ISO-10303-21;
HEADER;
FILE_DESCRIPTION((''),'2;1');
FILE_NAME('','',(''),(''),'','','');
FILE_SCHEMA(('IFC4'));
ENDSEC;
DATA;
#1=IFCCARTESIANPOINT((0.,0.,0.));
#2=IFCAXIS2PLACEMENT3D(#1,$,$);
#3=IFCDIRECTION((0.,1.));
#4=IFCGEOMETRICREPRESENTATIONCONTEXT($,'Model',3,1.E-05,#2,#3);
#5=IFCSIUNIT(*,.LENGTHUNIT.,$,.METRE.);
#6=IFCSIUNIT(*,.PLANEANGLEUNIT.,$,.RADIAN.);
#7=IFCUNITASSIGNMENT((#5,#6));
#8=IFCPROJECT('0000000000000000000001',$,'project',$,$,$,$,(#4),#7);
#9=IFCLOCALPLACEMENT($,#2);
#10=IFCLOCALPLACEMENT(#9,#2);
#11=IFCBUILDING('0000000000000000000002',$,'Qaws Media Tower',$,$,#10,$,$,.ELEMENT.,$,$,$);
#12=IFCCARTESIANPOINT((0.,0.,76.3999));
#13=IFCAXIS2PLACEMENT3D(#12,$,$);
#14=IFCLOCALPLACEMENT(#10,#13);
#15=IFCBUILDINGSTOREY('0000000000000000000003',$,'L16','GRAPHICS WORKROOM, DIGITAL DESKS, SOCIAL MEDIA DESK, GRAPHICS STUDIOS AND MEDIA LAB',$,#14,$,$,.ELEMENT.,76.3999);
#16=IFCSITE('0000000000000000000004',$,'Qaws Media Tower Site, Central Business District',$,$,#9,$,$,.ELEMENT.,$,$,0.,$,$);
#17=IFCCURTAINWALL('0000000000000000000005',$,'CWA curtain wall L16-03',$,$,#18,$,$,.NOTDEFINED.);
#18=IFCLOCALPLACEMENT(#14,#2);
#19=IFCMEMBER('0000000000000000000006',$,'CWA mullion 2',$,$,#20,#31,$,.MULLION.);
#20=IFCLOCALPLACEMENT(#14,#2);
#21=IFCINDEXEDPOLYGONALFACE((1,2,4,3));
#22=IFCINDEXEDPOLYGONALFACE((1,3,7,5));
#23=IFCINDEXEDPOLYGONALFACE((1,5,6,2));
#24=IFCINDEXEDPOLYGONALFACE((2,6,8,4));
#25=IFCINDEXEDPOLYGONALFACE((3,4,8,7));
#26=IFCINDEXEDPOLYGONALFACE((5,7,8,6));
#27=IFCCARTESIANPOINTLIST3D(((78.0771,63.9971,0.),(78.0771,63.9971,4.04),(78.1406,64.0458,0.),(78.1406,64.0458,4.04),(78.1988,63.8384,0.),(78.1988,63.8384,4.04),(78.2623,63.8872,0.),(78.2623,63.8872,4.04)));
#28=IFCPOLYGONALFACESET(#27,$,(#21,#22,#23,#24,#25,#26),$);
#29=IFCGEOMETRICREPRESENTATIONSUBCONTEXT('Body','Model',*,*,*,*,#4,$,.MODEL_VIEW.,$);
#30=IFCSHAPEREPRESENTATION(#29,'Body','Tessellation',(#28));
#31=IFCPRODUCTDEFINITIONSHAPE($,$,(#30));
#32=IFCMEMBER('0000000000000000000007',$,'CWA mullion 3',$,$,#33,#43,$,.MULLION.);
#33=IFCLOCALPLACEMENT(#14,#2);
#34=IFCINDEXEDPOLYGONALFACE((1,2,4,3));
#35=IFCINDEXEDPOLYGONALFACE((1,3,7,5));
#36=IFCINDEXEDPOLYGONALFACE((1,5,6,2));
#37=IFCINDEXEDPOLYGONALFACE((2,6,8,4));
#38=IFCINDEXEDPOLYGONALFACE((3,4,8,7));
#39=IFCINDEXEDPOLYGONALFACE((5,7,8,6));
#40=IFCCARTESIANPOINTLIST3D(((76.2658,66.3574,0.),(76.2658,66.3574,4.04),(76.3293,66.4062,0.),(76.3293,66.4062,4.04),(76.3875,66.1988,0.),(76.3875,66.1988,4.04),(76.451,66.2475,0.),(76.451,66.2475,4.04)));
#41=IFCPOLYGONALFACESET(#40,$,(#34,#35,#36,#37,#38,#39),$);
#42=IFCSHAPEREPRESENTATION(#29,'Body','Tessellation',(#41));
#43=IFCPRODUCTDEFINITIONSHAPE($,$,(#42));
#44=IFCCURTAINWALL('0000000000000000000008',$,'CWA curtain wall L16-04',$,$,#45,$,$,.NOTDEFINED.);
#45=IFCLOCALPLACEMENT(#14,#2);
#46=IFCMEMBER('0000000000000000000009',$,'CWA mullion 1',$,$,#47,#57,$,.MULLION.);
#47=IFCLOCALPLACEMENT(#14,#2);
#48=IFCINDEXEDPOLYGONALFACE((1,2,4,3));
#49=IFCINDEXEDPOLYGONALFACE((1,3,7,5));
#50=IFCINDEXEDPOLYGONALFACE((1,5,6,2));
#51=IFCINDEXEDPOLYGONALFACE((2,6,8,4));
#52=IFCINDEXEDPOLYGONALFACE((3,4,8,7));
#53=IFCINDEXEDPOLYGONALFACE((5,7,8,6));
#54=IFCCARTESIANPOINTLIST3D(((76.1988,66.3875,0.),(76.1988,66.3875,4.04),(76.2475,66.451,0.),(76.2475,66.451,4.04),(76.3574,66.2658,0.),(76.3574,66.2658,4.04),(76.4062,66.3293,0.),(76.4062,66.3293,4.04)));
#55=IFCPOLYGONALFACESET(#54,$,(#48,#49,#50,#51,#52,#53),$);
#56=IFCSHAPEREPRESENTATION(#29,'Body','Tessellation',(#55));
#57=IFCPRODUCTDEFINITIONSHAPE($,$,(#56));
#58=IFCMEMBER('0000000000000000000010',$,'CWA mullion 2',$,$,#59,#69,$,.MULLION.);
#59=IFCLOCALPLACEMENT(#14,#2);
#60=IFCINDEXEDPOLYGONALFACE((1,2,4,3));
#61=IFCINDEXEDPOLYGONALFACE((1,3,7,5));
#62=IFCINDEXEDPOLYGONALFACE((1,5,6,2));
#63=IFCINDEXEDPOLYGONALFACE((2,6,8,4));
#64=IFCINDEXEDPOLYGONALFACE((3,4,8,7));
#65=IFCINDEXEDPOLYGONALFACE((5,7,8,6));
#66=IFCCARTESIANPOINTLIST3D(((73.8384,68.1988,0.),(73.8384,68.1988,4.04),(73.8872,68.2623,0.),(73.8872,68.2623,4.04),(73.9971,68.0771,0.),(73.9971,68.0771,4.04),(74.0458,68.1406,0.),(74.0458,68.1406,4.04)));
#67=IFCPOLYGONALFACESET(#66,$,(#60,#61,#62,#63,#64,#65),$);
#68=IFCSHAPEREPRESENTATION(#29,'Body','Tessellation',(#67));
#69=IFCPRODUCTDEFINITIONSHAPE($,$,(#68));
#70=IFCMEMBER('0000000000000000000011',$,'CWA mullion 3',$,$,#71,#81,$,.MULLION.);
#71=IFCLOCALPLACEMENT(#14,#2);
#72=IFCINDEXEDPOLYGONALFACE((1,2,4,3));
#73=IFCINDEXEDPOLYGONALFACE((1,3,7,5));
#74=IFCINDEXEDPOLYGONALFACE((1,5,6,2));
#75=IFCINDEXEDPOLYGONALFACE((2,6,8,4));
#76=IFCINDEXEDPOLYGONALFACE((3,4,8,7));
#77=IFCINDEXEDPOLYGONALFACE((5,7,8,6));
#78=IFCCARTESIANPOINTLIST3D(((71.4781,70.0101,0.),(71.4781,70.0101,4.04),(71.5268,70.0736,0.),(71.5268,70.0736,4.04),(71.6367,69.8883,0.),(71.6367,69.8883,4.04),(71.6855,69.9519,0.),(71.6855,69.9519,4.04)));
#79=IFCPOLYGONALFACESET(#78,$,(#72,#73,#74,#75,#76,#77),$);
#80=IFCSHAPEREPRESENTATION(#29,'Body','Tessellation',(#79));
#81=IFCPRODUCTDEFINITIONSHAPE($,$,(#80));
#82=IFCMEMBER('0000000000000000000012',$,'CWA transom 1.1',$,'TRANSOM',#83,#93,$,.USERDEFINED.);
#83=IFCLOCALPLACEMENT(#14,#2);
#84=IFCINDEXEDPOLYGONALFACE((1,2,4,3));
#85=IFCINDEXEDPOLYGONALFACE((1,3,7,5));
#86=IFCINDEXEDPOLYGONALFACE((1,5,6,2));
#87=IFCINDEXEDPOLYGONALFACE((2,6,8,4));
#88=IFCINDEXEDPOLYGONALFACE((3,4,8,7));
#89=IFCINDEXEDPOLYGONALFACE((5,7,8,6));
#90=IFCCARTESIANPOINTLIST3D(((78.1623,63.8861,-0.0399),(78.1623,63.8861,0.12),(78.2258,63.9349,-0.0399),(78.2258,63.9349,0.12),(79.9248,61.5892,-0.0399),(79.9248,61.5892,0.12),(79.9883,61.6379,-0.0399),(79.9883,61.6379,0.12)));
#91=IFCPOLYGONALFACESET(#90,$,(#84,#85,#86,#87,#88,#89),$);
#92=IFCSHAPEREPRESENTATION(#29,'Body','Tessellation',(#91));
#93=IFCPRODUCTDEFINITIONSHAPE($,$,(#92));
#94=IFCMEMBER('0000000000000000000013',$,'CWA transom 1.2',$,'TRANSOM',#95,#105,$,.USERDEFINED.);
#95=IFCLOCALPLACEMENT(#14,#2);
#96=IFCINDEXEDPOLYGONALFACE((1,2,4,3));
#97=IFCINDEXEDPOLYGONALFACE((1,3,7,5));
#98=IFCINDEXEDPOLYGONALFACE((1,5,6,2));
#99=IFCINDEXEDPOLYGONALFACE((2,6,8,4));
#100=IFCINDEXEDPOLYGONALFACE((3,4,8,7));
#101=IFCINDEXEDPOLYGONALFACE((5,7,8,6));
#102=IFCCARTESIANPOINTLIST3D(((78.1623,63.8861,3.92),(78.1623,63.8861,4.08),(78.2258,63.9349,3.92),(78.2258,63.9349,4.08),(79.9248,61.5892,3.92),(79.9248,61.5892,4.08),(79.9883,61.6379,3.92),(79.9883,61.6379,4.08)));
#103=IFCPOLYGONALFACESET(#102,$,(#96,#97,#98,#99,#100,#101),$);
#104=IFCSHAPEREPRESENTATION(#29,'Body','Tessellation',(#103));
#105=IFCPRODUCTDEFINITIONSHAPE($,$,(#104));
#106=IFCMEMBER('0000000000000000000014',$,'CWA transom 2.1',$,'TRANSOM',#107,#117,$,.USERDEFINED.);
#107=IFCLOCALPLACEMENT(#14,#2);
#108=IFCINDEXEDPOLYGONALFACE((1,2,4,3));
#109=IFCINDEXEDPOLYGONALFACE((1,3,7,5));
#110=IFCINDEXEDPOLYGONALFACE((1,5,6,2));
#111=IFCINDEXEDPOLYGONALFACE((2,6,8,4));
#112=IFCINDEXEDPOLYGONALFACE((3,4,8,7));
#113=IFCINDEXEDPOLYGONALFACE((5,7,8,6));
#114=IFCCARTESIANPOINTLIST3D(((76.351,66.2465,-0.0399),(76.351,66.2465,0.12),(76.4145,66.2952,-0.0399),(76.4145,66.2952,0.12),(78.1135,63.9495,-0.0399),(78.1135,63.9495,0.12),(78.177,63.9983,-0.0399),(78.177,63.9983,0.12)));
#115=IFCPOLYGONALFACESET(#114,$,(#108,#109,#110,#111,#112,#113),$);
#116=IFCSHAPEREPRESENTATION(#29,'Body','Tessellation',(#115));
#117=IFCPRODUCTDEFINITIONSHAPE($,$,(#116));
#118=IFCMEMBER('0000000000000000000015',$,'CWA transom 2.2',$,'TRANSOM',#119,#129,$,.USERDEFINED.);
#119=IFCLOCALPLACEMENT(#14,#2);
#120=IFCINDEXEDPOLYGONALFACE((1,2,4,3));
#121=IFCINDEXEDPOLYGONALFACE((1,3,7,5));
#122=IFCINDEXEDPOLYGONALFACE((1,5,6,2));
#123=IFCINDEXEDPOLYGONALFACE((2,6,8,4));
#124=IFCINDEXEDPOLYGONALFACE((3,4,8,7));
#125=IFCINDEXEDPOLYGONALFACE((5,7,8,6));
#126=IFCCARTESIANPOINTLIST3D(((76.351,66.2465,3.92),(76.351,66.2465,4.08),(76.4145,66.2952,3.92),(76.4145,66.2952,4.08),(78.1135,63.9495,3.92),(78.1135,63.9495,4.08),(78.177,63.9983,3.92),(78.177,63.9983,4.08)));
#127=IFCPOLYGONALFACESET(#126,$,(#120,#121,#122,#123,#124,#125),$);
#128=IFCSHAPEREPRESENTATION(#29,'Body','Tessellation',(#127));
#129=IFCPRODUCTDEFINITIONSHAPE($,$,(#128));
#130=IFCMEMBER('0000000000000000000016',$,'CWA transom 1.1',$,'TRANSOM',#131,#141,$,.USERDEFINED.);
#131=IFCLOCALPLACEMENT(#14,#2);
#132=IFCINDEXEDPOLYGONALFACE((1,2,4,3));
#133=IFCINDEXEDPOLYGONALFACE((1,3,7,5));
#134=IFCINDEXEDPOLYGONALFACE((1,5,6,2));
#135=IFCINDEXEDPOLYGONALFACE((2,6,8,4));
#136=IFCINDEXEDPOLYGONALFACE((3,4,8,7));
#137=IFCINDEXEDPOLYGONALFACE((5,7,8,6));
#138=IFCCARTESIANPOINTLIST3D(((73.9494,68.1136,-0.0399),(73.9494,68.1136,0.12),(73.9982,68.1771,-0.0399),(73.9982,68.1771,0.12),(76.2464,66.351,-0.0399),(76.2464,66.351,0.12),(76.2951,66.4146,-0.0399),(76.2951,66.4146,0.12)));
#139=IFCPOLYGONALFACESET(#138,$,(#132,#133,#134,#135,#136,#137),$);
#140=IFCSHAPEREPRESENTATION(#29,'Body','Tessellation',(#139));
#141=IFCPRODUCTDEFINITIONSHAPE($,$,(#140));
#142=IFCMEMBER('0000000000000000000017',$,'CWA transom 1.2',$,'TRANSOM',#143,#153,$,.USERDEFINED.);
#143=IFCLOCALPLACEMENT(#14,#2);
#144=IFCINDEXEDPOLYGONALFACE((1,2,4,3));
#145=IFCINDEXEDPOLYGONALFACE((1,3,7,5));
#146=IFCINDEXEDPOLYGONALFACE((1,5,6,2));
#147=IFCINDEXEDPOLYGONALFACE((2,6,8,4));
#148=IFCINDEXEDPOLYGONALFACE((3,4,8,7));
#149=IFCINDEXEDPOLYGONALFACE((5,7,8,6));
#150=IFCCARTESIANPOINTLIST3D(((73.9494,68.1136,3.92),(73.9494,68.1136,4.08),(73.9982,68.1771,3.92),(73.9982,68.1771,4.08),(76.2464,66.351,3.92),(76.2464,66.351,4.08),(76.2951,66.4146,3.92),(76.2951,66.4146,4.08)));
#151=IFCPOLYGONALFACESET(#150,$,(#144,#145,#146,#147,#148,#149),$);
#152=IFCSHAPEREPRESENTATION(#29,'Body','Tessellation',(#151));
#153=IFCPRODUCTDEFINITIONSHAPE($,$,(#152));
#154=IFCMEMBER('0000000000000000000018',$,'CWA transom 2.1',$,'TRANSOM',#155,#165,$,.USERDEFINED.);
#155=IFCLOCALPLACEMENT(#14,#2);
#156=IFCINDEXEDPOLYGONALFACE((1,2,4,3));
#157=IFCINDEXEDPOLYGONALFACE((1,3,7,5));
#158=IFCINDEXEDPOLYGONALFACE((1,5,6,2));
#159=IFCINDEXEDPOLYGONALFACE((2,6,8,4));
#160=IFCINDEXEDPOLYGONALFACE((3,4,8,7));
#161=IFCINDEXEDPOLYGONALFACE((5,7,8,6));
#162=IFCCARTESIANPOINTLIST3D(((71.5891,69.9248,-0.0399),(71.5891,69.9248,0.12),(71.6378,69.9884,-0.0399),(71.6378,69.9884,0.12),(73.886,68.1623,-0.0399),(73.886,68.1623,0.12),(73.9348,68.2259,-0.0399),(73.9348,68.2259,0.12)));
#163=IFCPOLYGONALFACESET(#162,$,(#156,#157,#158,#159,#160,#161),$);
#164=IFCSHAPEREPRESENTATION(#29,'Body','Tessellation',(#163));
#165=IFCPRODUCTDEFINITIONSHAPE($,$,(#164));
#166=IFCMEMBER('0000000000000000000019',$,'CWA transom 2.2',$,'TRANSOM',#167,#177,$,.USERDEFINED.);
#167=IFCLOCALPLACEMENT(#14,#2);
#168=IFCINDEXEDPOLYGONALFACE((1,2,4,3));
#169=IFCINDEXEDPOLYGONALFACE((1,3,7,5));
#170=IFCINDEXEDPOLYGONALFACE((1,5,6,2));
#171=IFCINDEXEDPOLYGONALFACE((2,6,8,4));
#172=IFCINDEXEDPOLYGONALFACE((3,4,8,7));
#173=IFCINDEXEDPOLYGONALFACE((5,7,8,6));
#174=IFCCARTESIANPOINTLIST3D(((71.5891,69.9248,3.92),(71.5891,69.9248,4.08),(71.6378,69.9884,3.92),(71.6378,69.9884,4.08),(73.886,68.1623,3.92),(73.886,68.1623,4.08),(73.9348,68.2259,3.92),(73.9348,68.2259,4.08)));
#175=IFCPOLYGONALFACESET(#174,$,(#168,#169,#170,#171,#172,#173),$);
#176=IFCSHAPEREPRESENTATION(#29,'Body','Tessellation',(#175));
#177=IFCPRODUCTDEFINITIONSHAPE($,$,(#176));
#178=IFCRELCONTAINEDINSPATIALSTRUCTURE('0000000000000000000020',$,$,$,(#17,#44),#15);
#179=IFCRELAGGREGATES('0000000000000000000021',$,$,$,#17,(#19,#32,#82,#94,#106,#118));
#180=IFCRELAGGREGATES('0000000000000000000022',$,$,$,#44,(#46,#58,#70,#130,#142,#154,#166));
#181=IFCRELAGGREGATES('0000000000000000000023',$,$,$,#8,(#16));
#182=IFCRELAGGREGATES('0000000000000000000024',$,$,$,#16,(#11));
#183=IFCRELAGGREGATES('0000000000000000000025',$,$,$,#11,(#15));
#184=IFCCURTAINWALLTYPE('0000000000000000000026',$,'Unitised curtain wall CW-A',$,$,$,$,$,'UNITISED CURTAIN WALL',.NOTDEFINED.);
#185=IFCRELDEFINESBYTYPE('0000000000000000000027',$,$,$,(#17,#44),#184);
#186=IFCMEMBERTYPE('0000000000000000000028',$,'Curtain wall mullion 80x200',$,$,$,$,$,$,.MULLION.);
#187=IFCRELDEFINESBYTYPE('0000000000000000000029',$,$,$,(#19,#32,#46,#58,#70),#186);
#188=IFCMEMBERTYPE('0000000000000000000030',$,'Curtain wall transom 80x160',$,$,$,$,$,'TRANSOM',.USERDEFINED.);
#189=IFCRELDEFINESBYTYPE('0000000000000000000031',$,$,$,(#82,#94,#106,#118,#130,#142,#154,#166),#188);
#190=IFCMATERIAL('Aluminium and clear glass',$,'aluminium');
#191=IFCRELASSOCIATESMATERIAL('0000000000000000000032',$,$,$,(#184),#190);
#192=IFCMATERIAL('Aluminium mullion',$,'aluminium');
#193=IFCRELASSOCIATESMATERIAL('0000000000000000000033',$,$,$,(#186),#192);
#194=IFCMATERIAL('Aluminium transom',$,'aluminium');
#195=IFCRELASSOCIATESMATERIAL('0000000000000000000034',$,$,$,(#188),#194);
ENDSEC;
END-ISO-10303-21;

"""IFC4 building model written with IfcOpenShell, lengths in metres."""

from ifc_helpers import new_model, si_unit, direction, frame, origin, origin_2d, place, context, subcontext, project, spatial, rectangle, extrude, material, material_profile, profile_set, type_object, element, aggregate, save


model = new_model("IFC4")

# Units and contexts
model_context = context("Model", 3, precision=1e-05, world=origin(), true_north=direction((0.0, 1.0)))
body_context = subcontext(model_context, "Body", "Model", "MODEL_VIEW")
ifc_project = project(units=[si_unit("LENGTHUNIT", "METRE"), si_unit("PLANEANGLEUNIT", "RADIAN")], contexts=[model_context])

# Site, building, storey
site_placement = place(None, origin())
site = spatial("IfcSite", under=ifc_project, at=site_placement, Name="Qaws Media Tower Site, Central Business District", CompositionType="ELEMENT", RefElevation=0.0)
building_placement = place(site_placement, origin())
building = spatial("IfcBuilding", under=site, at=building_placement, Name="Qaws Media Tower", CompositionType="ELEMENT")
storey_placement = place(building_placement, frame((0.0, 0.0, 76.3999)))
storey = spatial("IfcBuildingStorey", under=building, at=storey_placement, Name="L16", Description="GRAPHICS WORKROOM, DIGITAL DESKS, SOCIAL MEDIA DESK, GRAPHICS STUDIOS AND MEDIA LAB", CompositionType="ELEMENT", Elevation=76.3999)

# Curtain walls, members
ifc_material_1 = material(Name="Aluminium and clear glass", Category="aluminium")
curtain_wall_type = type_object("IfcCurtainWallType", Name="Unitised curtain wall CW-A", ElementType="UNITISED CURTAIN WALL", PredefinedType="NOTDEFINED", material=ifc_material_1)
curtain_wall_1_placement = place(storey_placement, origin())
curtain_wall_1 = element("IfcCurtainWall", 1, at=curtain_wall_1_placement, inside=storey, type_object=curtain_wall_type, Name="CWA curtain wall L16-03", PredefinedType="NOTDEFINED")
ifc_material_2 = material(Name="Aluminium mullion", Category="aluminium")
ifc_material_profile_1 = material_profile(ifc_material_2, rectangle(XDim=0.0801, YDim=0.2, at=origin_2d()), Name="80x200")
ifc_profile_set_1 = profile_set([ifc_material_profile_1], Name="Aluminium mullion")
member_type_1 = type_object("IfcMemberType", Name="Curtain wall mullion 80x200", PredefinedType="MULLION", material=ifc_profile_set_1)
member_1_placement = place(storey_placement, frame((78.1697, 63.9421, 0.0), z_axis=(0.0, 0.0, 1.0), x_axis=(-0.793353, -0.608761, 0.0)))
member_1 = element("IfcMember", 2, at=member_1_placement, type_object=member_type_1, Name="CWA mullion 2", PredefinedType="MULLION", context=body_context, shape_type="SweptSolid", body=[
    extrude(rectangle(XDim=0.0801, YDim=0.2, at=origin_2d()), origin(), (0.0, 0.0, 1.0), 4.04),
])
member_2_placement = place(storey_placement, frame((76.3584, 66.3025, 0.0), z_axis=(0.0, 0.0, 1.0), x_axis=(-0.793353, -0.608761, 0.0)))
member_2 = element("IfcMember", 3, at=member_2_placement, type_object=member_type_1, Name="CWA mullion 3", PredefinedType="MULLION", context=body_context, shape_type="SweptSolid", body=[
    extrude(rectangle(XDim=0.0801, YDim=0.2, at=origin_2d()), origin(), (0.0, 0.0, 1.0), 4.04),
])
curtain_wall_2_placement = place(storey_placement, origin())
curtain_wall_2 = element("IfcCurtainWall", 4, at=curtain_wall_2_placement, inside=storey, type_object=curtain_wall_type, Name="CWA curtain wall L16-04", PredefinedType="NOTDEFINED")
member_3_placement = place(storey_placement, frame((76.3025, 66.3584, 0.0), z_axis=(0.0, 0.0, 1.0), x_axis=(-0.608761, -0.793353, 0.0)))
member_3 = element("IfcMember", 5, at=member_3_placement, type_object=member_type_1, Name="CWA mullion 1", PredefinedType="MULLION", context=body_context, shape_type="SweptSolid", body=[
    extrude(rectangle(XDim=0.0801, YDim=0.2, at=origin_2d()), origin(), (0.0, 0.0, 1.0), 4.04),
])
member_4_placement = place(storey_placement, frame((73.9421, 68.1697, 0.0), z_axis=(0.0, 0.0, 1.0), x_axis=(-0.608761, -0.793353, 0.0)))
member_4 = element("IfcMember", 6, at=member_4_placement, type_object=member_type_1, Name="CWA mullion 2", PredefinedType="MULLION", context=body_context, shape_type="SweptSolid", body=[
    extrude(rectangle(XDim=0.0801, YDim=0.2, at=origin_2d()), origin(), (0.0, 0.0, 1.0), 4.04),
])
member_5_placement = place(storey_placement, frame((71.5818, 69.981, 0.0), z_axis=(0.0, 0.0, 1.0), x_axis=(-0.608761, -0.793353, 0.0)))
member_5 = element("IfcMember", 7, at=member_5_placement, type_object=member_type_1, Name="CWA mullion 3", PredefinedType="MULLION", context=body_context, shape_type="SweptSolid", body=[
    extrude(rectangle(XDim=0.0801, YDim=0.2, at=origin_2d()), origin(), (0.0, 0.0, 1.0), 4.04),
])

# Members
ifc_material_3 = material(Name="Aluminium transom", Category="aluminium")
ifc_material_profile_2 = material_profile(ifc_material_3, rectangle(XDim=0.0801, YDim=0.1599, at=origin_2d()), Name="80x160")
ifc_profile_set_2 = profile_set([ifc_material_profile_2], Name="Aluminium transom")
member_type_2 = type_object("IfcMemberType", Name="Curtain wall transom 80x160", ElementType="TRANSOM", PredefinedType="USERDEFINED", material=ifc_profile_set_2)
member_6_placement = place(storey_placement, frame((79.9565, 61.6135, 0.04), z_axis=(-0.608761, 0.793354, 0.0), x_axis=(-0.793354, -0.608761, 0.0)))
member_6 = element("IfcMember", 8, at=member_6_placement, type_object=member_type_2, Name="CWA transom 1.1", ObjectType="TRANSOM", PredefinedType="USERDEFINED", context=body_context, shape_type="SweptSolid", body=[
    extrude(rectangle(XDim=0.0801, YDim=0.1599, at=origin_2d()), origin(), (0.0, 0.0, 1.0), 2.8953),
])
member_7_placement = place(storey_placement, frame((79.9565, 61.6135, 4.0), z_axis=(-0.608761, 0.793354, 0.0), x_axis=(-0.793354, -0.608761, 0.0)))
member_7 = element("IfcMember", 9, at=member_7_placement, type_object=member_type_2, Name="CWA transom 1.2", ObjectType="TRANSOM", PredefinedType="USERDEFINED", context=body_context, shape_type="SweptSolid", body=[
    extrude(rectangle(XDim=0.0801, YDim=0.1599, at=origin_2d()), origin(), (0.0, 0.0, 1.0), 2.8953),
])
member_8_placement = place(storey_placement, frame((78.1453, 63.9739, 0.04), z_axis=(-0.608761, 0.793354, 0.0), x_axis=(-0.793354, -0.608761, 0.0)))
member_8 = element("IfcMember", 10, at=member_8_placement, type_object=member_type_2, Name="CWA transom 2.1", ObjectType="TRANSOM", PredefinedType="USERDEFINED", context=body_context, shape_type="SweptSolid", body=[
    extrude(rectangle(XDim=0.0801, YDim=0.1599, at=origin_2d()), origin(), (0.0, 0.0, 1.0), 2.8953),
])
member_9_placement = place(storey_placement, frame((78.1453, 63.9739, 4.0), z_axis=(-0.608761, 0.793354, 0.0), x_axis=(-0.793354, -0.608761, 0.0)))
member_9 = element("IfcMember", 11, at=member_9_placement, type_object=member_type_2, Name="CWA transom 2.2", ObjectType="TRANSOM", PredefinedType="USERDEFINED", context=body_context, shape_type="SweptSolid", body=[
    extrude(rectangle(XDim=0.0801, YDim=0.1599, at=origin_2d()), origin(), (0.0, 0.0, 1.0), 2.8953),
])
member_10_placement = place(storey_placement, frame((76.2708, 66.3828, 0.04), z_axis=(-0.793354, 0.608761, 0.0), x_axis=(-0.608761, -0.793354, 0.0)))
member_10 = element("IfcMember", 12, at=member_10_placement, type_object=member_type_2, Name="CWA transom 1.1", ObjectType="TRANSOM", PredefinedType="USERDEFINED", context=body_context, shape_type="SweptSolid", body=[
    extrude(rectangle(XDim=0.0801, YDim=0.1599, at=origin_2d()), origin(), (0.0, 0.0, 1.0), 2.8953),
])
member_11_placement = place(storey_placement, frame((76.2708, 66.3828, 4.0), z_axis=(-0.793354, 0.608761, 0.0), x_axis=(-0.608761, -0.793354, 0.0)))
member_11 = element("IfcMember", 13, at=member_11_placement, type_object=member_type_2, Name="CWA transom 1.2", ObjectType="TRANSOM", PredefinedType="USERDEFINED", context=body_context, shape_type="SweptSolid", body=[
    extrude(rectangle(XDim=0.0801, YDim=0.1599, at=origin_2d()), origin(), (0.0, 0.0, 1.0), 2.8953),
])
member_12_placement = place(storey_placement, frame((73.9104, 68.1941, 0.04), z_axis=(-0.793354, 0.608761, 0.0), x_axis=(-0.608761, -0.793354, 0.0)))
member_12 = element("IfcMember", 14, at=member_12_placement, type_object=member_type_2, Name="CWA transom 2.1", ObjectType="TRANSOM", PredefinedType="USERDEFINED", context=body_context, shape_type="SweptSolid", body=[
    extrude(rectangle(XDim=0.0801, YDim=0.1599, at=origin_2d()), origin(), (0.0, 0.0, 1.0), 2.8953),
])
member_13_placement = place(storey_placement, frame((73.9104, 68.1941, 4.0), z_axis=(-0.793354, 0.608761, 0.0), x_axis=(-0.608761, -0.793354, 0.0)))
member_13 = element("IfcMember", 15, at=member_13_placement, type_object=member_type_2, Name="CWA transom 2.2", ObjectType="TRANSOM", PredefinedType="USERDEFINED", context=body_context, shape_type="SweptSolid", body=[
    extrude(rectangle(XDim=0.0801, YDim=0.1599, at=origin_2d()), origin(), (0.0, 0.0, 1.0), 2.8953),
])

aggregate(curtain_wall_1, [member_1, member_2, member_6, member_7, member_8, member_9])
aggregate(curtain_wall_2, [member_3, member_4, member_5, member_10, member_11, member_12, member_13])

save(model, "model.ifc")
